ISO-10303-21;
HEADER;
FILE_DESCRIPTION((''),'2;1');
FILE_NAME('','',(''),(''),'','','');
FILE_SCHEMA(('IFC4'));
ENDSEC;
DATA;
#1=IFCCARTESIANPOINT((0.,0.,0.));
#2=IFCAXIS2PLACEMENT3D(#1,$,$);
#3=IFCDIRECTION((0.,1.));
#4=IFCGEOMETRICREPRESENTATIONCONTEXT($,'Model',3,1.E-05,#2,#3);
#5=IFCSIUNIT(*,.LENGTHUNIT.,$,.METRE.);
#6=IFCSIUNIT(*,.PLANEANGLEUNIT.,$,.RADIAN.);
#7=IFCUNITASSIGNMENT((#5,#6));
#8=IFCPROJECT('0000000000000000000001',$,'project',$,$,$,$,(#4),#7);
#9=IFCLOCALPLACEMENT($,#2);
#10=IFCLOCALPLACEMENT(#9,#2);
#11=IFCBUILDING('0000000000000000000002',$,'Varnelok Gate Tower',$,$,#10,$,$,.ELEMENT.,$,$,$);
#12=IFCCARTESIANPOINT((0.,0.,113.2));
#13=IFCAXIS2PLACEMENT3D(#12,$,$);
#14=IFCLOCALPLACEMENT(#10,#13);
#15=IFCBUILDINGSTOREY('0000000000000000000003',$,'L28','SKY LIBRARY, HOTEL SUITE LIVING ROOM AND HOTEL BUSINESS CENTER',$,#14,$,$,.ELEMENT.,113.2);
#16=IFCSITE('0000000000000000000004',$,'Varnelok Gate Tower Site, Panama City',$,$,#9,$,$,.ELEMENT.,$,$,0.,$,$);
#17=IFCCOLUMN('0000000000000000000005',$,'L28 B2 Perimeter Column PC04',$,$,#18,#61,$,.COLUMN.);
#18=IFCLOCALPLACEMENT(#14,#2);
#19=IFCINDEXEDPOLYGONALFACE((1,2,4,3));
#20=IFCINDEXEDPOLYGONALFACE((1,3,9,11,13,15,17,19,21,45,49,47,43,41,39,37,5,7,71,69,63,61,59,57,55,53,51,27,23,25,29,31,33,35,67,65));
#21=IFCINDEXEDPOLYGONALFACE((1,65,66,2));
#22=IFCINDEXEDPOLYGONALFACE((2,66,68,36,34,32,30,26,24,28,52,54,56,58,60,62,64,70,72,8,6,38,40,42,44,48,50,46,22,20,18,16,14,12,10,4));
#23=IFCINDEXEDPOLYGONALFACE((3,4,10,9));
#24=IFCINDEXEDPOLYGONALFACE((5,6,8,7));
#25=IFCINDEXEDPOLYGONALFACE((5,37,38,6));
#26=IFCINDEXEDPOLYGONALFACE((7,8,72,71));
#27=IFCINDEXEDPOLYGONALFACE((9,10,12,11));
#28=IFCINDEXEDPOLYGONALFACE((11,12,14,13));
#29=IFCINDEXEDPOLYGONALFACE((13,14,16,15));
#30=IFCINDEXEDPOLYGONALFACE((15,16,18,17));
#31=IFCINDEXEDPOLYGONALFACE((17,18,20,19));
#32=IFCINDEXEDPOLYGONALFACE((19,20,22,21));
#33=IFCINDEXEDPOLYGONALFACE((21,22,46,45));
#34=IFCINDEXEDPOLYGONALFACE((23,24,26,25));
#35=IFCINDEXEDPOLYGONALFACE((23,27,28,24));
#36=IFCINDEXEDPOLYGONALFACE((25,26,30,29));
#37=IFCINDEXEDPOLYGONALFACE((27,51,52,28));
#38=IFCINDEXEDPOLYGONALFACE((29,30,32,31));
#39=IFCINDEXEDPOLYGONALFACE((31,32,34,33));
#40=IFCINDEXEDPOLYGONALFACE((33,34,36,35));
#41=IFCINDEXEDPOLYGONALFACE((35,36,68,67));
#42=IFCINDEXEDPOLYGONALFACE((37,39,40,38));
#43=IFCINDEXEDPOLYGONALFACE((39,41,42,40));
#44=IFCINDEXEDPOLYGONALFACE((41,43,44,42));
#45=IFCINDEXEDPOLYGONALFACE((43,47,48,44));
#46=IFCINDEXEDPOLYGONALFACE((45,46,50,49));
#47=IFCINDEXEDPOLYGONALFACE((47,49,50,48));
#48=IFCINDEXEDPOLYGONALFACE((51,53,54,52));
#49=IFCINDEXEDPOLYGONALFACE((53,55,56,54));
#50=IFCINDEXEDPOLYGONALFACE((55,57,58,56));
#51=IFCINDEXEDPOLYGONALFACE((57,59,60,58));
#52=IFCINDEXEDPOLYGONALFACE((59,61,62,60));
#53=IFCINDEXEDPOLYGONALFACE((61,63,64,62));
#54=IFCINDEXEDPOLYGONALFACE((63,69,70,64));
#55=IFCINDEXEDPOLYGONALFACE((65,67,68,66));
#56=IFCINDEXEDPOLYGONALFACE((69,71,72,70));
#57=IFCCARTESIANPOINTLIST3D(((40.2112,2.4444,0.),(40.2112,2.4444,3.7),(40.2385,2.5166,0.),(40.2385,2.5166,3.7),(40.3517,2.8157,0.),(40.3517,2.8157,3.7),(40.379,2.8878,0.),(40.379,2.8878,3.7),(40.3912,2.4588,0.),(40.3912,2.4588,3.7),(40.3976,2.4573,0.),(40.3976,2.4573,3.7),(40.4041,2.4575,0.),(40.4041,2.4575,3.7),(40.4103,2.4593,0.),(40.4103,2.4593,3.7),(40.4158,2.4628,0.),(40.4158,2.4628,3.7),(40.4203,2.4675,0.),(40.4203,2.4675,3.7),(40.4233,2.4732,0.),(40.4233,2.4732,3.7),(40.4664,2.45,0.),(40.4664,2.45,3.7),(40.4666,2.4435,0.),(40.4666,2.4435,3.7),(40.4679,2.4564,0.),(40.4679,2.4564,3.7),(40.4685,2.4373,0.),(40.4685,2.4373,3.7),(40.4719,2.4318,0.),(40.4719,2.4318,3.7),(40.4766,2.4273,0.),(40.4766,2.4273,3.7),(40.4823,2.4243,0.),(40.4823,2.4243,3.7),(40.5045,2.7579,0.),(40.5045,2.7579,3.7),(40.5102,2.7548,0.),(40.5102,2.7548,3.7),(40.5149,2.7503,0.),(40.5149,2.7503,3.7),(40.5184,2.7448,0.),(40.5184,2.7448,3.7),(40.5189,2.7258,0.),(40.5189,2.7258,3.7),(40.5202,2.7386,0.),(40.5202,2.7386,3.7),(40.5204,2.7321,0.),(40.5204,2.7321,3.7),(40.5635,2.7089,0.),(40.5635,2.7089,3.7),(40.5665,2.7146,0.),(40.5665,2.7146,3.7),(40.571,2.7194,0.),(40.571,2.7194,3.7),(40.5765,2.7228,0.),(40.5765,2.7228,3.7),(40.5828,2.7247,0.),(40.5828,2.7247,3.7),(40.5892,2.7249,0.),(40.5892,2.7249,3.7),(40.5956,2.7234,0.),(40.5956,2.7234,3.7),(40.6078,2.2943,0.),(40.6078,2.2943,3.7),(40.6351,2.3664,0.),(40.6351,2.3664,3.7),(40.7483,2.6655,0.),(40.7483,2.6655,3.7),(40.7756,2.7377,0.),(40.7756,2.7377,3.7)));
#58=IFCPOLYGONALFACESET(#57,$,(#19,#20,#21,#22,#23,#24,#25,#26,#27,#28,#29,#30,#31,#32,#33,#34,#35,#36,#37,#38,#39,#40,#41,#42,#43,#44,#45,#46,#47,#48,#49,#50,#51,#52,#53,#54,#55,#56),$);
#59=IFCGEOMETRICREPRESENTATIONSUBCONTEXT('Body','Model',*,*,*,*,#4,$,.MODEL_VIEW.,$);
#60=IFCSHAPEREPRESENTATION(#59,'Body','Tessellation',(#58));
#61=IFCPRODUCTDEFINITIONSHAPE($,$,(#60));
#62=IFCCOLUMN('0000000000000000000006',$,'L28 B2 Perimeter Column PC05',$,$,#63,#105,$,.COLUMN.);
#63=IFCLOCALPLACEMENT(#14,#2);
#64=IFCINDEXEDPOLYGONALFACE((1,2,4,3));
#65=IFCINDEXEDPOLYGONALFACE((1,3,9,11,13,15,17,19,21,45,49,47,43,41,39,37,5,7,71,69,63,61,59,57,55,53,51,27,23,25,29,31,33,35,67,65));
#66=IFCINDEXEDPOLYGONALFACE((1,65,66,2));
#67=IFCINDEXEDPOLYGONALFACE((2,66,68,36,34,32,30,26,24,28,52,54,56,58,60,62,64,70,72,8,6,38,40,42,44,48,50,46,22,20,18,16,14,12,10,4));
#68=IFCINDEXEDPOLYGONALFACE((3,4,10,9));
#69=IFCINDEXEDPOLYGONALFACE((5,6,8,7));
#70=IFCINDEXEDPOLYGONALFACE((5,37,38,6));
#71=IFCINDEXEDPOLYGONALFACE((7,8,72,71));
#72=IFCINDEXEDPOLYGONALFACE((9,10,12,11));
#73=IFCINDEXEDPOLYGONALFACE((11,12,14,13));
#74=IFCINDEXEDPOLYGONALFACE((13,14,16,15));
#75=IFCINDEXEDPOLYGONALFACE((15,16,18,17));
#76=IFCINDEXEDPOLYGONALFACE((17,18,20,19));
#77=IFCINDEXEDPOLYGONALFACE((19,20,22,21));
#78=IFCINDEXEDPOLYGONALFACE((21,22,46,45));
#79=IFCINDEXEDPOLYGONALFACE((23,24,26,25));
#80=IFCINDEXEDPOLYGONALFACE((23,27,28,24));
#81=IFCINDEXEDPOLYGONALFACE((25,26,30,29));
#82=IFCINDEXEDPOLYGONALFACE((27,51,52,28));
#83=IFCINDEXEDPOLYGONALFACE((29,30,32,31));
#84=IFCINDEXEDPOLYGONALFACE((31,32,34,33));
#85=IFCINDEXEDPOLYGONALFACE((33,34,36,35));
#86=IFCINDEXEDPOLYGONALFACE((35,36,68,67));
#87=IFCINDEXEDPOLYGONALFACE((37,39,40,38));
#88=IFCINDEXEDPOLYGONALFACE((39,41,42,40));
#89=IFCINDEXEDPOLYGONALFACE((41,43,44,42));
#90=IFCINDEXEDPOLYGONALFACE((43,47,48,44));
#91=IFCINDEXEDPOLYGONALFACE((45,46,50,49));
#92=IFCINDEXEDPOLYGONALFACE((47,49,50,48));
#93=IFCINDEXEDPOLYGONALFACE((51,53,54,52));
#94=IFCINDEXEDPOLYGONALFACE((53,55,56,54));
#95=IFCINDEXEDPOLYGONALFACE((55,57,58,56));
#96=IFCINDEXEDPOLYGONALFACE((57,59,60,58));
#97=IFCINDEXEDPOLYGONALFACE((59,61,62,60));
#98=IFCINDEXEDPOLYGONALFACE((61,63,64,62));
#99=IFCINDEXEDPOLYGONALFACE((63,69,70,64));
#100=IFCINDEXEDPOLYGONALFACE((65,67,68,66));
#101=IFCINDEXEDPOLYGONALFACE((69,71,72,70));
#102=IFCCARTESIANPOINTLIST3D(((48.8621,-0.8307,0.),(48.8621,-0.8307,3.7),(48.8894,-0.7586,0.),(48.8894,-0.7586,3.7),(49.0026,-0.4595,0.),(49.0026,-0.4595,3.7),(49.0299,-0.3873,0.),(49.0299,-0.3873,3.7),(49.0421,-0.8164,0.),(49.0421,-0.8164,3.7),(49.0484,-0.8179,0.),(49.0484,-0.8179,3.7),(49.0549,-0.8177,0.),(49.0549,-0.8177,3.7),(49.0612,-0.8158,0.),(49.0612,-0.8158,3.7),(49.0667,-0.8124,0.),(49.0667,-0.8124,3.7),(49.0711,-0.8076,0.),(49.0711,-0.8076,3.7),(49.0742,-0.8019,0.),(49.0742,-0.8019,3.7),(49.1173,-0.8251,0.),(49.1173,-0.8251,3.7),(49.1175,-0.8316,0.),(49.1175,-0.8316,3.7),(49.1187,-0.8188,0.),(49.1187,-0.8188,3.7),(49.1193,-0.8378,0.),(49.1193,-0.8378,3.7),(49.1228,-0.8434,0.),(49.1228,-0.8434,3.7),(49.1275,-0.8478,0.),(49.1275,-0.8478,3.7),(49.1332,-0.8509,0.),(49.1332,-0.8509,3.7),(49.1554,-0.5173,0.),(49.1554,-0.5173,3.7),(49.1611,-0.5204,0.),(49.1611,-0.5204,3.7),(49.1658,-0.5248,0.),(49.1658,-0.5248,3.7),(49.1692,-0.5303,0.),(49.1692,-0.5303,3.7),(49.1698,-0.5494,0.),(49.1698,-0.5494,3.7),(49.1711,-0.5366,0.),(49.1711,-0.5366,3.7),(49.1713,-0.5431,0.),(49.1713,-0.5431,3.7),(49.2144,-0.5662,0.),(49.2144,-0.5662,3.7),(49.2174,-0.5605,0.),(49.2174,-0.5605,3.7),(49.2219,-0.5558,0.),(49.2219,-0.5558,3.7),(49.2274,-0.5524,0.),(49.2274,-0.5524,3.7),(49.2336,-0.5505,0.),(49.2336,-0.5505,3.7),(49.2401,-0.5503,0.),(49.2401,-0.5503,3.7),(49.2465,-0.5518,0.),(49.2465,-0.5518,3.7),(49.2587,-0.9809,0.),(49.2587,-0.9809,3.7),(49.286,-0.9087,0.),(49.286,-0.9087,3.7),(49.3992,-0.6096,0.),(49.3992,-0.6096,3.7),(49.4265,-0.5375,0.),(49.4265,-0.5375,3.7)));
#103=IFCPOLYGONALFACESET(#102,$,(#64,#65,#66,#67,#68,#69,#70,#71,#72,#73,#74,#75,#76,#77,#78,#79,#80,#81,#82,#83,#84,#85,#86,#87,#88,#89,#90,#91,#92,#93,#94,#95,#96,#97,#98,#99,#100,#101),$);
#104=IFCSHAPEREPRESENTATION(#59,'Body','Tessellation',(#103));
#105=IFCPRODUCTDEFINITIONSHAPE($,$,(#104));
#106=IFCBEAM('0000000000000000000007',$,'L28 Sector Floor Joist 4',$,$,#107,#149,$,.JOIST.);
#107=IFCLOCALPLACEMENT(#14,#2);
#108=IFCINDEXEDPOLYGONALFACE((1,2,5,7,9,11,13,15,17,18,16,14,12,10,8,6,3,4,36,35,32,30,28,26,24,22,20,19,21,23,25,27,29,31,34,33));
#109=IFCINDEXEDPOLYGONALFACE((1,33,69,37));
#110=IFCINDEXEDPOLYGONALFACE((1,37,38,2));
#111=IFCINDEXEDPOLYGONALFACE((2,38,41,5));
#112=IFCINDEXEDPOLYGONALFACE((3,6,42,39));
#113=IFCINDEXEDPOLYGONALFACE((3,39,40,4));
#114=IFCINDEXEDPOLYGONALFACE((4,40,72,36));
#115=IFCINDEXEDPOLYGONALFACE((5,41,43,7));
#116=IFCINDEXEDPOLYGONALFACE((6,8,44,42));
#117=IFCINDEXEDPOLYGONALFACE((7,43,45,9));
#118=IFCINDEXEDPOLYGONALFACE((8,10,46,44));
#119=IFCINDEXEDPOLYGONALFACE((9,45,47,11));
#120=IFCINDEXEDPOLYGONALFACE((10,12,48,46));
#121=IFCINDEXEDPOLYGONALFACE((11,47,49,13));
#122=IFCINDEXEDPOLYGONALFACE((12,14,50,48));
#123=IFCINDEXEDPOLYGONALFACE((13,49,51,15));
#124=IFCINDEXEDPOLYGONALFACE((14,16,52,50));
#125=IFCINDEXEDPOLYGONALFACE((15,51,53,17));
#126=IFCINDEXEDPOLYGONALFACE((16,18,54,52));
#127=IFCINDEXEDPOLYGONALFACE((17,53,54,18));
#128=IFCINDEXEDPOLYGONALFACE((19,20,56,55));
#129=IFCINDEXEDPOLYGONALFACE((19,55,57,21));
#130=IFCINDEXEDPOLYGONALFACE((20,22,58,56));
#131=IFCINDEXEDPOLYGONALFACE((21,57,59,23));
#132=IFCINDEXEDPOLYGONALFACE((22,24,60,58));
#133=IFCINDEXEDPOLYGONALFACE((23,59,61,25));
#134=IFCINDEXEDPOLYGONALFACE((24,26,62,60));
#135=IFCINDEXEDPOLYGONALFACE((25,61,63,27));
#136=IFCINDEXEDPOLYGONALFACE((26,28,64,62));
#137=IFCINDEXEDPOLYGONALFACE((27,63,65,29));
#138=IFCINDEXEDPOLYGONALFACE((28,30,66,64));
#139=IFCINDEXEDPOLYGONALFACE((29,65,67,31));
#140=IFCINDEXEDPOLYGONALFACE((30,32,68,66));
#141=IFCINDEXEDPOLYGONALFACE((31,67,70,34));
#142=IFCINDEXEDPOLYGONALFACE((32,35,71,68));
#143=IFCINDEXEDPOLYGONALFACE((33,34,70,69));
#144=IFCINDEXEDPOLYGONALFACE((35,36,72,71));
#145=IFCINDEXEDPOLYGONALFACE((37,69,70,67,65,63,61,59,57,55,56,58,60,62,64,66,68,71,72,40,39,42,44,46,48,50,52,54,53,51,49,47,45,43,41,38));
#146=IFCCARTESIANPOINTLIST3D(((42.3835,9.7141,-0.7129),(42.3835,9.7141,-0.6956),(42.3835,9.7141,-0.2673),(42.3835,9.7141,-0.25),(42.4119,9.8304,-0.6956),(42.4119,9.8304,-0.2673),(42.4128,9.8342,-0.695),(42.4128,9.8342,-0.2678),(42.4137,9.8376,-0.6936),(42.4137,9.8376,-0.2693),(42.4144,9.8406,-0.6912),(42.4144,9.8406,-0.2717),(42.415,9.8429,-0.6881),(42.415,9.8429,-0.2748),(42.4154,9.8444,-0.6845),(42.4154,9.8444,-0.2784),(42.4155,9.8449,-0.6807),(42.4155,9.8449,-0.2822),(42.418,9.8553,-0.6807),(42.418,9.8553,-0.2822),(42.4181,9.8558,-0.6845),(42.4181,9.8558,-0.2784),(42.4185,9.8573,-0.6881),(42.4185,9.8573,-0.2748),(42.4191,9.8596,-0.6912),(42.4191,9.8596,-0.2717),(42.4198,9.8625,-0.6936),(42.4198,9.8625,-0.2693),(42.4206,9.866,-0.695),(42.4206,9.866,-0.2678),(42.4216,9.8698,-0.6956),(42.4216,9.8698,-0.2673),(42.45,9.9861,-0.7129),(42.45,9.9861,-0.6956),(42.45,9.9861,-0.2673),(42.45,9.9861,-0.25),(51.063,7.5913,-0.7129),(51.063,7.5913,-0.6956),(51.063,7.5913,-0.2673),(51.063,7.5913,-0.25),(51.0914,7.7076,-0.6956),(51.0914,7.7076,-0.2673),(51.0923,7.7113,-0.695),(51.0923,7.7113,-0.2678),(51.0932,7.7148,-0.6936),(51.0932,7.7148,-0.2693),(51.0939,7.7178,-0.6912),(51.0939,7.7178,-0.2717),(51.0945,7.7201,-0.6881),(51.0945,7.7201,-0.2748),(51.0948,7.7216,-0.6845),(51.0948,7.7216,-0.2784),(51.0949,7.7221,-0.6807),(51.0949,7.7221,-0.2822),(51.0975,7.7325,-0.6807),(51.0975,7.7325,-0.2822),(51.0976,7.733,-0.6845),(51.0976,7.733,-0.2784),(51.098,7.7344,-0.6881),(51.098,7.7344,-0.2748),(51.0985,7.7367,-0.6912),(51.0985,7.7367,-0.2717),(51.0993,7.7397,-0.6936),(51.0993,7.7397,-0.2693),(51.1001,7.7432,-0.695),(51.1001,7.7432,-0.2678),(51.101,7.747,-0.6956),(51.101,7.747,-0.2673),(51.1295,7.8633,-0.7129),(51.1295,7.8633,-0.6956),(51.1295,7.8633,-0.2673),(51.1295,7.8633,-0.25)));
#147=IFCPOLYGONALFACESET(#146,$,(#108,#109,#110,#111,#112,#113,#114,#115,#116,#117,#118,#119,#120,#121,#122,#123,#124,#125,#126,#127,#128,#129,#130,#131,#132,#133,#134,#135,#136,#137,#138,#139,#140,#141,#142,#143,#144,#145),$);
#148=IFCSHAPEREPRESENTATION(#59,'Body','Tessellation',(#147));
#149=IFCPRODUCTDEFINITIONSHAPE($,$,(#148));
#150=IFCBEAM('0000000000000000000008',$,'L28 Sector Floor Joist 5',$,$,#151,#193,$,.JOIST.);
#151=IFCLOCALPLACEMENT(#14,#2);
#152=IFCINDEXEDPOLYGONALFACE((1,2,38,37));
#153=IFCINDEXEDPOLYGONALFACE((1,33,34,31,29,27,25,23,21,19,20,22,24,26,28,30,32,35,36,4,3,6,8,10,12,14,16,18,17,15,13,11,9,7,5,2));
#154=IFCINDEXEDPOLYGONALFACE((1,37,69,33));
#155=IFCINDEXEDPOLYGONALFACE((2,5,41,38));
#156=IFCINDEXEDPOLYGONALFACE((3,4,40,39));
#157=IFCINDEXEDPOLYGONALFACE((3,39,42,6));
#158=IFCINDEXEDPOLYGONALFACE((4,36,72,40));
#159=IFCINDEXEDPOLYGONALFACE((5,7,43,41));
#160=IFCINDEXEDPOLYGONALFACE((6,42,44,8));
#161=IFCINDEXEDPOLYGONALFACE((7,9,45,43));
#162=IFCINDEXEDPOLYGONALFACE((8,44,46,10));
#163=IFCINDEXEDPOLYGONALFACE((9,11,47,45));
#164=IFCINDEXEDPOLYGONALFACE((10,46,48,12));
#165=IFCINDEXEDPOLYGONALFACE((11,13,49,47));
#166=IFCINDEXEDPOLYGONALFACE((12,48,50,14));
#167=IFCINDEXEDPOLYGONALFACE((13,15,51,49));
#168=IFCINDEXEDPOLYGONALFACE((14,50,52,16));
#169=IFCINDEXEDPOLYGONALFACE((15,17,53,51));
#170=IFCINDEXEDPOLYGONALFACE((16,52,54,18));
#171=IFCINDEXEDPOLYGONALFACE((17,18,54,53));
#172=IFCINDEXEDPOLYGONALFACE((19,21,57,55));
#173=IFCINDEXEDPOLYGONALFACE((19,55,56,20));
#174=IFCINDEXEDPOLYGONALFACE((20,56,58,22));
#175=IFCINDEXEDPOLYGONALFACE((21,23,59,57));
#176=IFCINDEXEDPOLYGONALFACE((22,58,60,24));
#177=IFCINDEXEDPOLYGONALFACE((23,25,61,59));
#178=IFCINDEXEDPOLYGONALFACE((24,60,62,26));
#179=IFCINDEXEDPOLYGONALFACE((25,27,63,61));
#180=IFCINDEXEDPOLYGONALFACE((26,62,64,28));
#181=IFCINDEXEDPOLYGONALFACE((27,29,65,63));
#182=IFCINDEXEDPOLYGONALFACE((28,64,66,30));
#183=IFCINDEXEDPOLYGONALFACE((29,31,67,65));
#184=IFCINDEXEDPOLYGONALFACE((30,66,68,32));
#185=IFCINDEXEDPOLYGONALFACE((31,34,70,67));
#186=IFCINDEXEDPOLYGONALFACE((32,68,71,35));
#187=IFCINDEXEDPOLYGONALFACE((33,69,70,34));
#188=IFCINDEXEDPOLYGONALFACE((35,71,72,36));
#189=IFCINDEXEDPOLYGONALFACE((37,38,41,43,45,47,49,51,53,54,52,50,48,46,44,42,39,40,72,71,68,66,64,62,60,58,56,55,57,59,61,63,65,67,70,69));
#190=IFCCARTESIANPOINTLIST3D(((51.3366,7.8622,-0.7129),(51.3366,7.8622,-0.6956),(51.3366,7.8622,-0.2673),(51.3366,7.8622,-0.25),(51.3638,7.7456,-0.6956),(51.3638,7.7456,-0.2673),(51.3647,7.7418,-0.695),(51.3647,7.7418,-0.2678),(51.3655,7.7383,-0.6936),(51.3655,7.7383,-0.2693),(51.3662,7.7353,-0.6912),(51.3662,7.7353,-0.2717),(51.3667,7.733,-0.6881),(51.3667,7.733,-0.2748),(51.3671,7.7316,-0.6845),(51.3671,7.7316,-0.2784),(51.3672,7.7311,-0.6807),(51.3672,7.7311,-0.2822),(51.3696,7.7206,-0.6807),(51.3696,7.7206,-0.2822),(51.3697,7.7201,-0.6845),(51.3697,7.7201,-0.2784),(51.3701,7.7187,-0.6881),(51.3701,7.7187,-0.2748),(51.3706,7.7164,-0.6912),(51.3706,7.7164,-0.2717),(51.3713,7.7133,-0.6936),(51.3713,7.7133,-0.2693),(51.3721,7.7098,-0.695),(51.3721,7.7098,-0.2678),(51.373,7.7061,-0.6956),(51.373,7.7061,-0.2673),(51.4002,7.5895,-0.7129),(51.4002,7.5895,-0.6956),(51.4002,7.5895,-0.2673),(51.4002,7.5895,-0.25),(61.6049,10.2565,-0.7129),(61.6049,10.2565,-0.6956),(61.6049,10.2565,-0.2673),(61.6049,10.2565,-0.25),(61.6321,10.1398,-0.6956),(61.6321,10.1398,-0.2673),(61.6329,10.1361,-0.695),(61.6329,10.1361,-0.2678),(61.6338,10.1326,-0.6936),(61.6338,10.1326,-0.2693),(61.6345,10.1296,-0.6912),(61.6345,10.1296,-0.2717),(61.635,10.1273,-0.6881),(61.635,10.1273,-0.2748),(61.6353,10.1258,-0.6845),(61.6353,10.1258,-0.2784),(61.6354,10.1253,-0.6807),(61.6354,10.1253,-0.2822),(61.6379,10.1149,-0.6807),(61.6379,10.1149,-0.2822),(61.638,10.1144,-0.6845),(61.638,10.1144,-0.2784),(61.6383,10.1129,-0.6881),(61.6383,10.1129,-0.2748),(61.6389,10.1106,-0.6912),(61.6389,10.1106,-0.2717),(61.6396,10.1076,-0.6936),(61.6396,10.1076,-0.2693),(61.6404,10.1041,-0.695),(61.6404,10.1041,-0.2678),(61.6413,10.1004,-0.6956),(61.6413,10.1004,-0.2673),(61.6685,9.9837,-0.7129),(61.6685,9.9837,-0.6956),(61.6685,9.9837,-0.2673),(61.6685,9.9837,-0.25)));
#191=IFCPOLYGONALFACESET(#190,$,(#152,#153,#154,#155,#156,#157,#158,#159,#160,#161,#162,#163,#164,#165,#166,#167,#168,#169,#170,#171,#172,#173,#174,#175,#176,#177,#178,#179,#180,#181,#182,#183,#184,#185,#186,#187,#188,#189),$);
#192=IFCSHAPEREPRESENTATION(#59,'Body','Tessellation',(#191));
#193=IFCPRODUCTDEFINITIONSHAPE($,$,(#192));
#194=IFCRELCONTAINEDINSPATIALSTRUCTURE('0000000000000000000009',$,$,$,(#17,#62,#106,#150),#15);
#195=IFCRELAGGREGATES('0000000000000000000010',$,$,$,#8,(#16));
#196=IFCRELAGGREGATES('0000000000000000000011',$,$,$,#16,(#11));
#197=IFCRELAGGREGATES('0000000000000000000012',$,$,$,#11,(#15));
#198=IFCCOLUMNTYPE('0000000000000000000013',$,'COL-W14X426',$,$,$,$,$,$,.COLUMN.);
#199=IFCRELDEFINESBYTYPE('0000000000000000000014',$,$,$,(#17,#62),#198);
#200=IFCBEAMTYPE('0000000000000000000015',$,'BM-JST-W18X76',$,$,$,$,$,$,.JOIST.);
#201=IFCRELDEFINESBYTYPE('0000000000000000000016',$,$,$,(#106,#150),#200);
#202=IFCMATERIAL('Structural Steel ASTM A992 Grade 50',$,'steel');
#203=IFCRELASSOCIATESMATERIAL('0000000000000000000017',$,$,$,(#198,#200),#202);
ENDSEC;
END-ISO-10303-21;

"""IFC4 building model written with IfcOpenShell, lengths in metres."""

from ifc_helpers import new_model, si_unit, direction, frame, origin, origin_2d, place, context, subcontext, project, spatial, i_section, extrude, material, material_profile, profile_set, type_object, element, save


model = new_model("IFC4")

# Units and contexts
model_context = context("Model", 3, precision=1e-05, world=origin(), true_north=direction((0.0, 1.0)))
body_context = subcontext(model_context, "Body", "Model", "MODEL_VIEW")
ifc_project = project(units=[si_unit("LENGTHUNIT", "METRE"), si_unit("PLANEANGLEUNIT", "RADIAN")], contexts=[model_context])

# Site, building, storey
site_placement = place(None, origin())
site = spatial("IfcSite", under=ifc_project, at=site_placement, Name="Varnelok Gate Tower Site, Panama City", CompositionType="ELEMENT", RefElevation=0.0)
building_placement = place(site_placement, origin())
building = spatial("IfcBuilding", under=site, at=building_placement, Name="Varnelok Gate Tower", CompositionType="ELEMENT")
storey_placement = place(building_placement, frame((0.0, 0.0, 113.2)))
storey = spatial("IfcBuildingStorey", under=building, at=storey_placement, Name="L28", Description="SKY LIBRARY, HOTEL SUITE LIVING ROOM AND HOTEL BUSINESS CENTER", CompositionType="ELEMENT", Elevation=113.2)

# Columns
ifc_material_1 = material(Name="Structural Steel ASTM A992 Grade 50", Category="steel")
ifc_material_profile_1 = material_profile(ifc_material_1, i_section(OverallWidth=0.4241, OverallDepth=0.4741, WebThickness=0.0476, FlangeThickness=0.0771, FilletRadius=0.0249, at=origin_2d()), Name="W14X426")
ifc_profile_set_1 = profile_set([ifc_material_profile_1], Name="Structural Steel ASTM A992 Grade 50")
column_type = type_object("IfcColumnType", Name="COL-W14X426", PredefinedType="COLUMN", material=ifc_profile_set_1)
for number, where, z_axis, x_axis, name in (
    (1, (40.4934, 2.5911, 0.0), (0.0, 0.0, 1.0), (0.935222, -0.354063, 0.0), "L28 B2 Perimeter Column PC04"),
    (2, (49.1443, -0.6841, 0.0), (0.0, 0.0, 1.0), (0.935222, -0.354063, 0.0), "L28 B2 Perimeter Column PC05"),
):
    element("IfcColumn", number, at=place(storey_placement, frame(where, z_axis=z_axis, x_axis=x_axis)), inside=storey, type_object=column_type, Name=name, PredefinedType="COLUMN", context=body_context, shape_type="SweptSolid", body=[
        extrude(i_section(OverallWidth=0.4241, OverallDepth=0.4741, WebThickness=0.0476, FlangeThickness=0.0771, FilletRadius=0.0249, at=origin_2d()), origin(), (0.0, 0.0, 1.0), 3.7),
    ])

# Beams
ifc_material_profile_2 = material_profile(ifc_material_1, i_section(OverallWidth=0.28, OverallDepth=0.4629, WebThickness=0.0107, FlangeThickness=0.0173, FilletRadius=0.0149, at=origin_2d()), Name="W18X76")
ifc_profile_set_2 = profile_set([ifc_material_profile_2], Name="Structural Steel ASTM A992 Grade 50")
beam_type_1 = type_object("IfcBeamType", Name="BM-JST-W18X76", PredefinedType="JOIST", material=ifc_profile_set_2)
beam_1_placement = place(storey_placement, frame((42.4167, 9.8501, -0.4814), z_axis=(0.971369, -0.237576, 0.0), x_axis=(0.237576, 0.971369, 0.0)))
element("IfcBeam", 3, at=beam_1_placement, inside=storey, type_object=beam_type_1, Name="L28 Sector Floor Joist 4", PredefinedType="JOIST", context=body_context, shape_type="SweptSolid", body=[
    extrude(i_section(OverallWidth=0.28, OverallDepth=0.4629, WebThickness=0.0107, FlangeThickness=0.0173, FilletRadius=0.0149, at=origin_2d()), origin(), (0.0, 0.0, 1.0), 8.9353),
])
beam_2_placement = place(storey_placement, frame((51.3684, 7.7258, -0.4814), z_axis=(0.973876, 0.227081, 0.0), x_axis=(-0.227081, 0.973876, 0.0)))
element("IfcBeam", 4, at=beam_2_placement, inside=storey, type_object=beam_type_1, Name="L28 Sector Floor Joist 5", PredefinedType="JOIST", context=body_context, shape_type="SweptSolid", body=[
    extrude(i_section(OverallWidth=0.28, OverallDepth=0.4629, WebThickness=0.0107, FlangeThickness=0.0173, FilletRadius=0.0149, at=origin_2d()), origin(), (0.0, 0.0, 1.0), 10.5437),
])

save(model, "model.ifc")
